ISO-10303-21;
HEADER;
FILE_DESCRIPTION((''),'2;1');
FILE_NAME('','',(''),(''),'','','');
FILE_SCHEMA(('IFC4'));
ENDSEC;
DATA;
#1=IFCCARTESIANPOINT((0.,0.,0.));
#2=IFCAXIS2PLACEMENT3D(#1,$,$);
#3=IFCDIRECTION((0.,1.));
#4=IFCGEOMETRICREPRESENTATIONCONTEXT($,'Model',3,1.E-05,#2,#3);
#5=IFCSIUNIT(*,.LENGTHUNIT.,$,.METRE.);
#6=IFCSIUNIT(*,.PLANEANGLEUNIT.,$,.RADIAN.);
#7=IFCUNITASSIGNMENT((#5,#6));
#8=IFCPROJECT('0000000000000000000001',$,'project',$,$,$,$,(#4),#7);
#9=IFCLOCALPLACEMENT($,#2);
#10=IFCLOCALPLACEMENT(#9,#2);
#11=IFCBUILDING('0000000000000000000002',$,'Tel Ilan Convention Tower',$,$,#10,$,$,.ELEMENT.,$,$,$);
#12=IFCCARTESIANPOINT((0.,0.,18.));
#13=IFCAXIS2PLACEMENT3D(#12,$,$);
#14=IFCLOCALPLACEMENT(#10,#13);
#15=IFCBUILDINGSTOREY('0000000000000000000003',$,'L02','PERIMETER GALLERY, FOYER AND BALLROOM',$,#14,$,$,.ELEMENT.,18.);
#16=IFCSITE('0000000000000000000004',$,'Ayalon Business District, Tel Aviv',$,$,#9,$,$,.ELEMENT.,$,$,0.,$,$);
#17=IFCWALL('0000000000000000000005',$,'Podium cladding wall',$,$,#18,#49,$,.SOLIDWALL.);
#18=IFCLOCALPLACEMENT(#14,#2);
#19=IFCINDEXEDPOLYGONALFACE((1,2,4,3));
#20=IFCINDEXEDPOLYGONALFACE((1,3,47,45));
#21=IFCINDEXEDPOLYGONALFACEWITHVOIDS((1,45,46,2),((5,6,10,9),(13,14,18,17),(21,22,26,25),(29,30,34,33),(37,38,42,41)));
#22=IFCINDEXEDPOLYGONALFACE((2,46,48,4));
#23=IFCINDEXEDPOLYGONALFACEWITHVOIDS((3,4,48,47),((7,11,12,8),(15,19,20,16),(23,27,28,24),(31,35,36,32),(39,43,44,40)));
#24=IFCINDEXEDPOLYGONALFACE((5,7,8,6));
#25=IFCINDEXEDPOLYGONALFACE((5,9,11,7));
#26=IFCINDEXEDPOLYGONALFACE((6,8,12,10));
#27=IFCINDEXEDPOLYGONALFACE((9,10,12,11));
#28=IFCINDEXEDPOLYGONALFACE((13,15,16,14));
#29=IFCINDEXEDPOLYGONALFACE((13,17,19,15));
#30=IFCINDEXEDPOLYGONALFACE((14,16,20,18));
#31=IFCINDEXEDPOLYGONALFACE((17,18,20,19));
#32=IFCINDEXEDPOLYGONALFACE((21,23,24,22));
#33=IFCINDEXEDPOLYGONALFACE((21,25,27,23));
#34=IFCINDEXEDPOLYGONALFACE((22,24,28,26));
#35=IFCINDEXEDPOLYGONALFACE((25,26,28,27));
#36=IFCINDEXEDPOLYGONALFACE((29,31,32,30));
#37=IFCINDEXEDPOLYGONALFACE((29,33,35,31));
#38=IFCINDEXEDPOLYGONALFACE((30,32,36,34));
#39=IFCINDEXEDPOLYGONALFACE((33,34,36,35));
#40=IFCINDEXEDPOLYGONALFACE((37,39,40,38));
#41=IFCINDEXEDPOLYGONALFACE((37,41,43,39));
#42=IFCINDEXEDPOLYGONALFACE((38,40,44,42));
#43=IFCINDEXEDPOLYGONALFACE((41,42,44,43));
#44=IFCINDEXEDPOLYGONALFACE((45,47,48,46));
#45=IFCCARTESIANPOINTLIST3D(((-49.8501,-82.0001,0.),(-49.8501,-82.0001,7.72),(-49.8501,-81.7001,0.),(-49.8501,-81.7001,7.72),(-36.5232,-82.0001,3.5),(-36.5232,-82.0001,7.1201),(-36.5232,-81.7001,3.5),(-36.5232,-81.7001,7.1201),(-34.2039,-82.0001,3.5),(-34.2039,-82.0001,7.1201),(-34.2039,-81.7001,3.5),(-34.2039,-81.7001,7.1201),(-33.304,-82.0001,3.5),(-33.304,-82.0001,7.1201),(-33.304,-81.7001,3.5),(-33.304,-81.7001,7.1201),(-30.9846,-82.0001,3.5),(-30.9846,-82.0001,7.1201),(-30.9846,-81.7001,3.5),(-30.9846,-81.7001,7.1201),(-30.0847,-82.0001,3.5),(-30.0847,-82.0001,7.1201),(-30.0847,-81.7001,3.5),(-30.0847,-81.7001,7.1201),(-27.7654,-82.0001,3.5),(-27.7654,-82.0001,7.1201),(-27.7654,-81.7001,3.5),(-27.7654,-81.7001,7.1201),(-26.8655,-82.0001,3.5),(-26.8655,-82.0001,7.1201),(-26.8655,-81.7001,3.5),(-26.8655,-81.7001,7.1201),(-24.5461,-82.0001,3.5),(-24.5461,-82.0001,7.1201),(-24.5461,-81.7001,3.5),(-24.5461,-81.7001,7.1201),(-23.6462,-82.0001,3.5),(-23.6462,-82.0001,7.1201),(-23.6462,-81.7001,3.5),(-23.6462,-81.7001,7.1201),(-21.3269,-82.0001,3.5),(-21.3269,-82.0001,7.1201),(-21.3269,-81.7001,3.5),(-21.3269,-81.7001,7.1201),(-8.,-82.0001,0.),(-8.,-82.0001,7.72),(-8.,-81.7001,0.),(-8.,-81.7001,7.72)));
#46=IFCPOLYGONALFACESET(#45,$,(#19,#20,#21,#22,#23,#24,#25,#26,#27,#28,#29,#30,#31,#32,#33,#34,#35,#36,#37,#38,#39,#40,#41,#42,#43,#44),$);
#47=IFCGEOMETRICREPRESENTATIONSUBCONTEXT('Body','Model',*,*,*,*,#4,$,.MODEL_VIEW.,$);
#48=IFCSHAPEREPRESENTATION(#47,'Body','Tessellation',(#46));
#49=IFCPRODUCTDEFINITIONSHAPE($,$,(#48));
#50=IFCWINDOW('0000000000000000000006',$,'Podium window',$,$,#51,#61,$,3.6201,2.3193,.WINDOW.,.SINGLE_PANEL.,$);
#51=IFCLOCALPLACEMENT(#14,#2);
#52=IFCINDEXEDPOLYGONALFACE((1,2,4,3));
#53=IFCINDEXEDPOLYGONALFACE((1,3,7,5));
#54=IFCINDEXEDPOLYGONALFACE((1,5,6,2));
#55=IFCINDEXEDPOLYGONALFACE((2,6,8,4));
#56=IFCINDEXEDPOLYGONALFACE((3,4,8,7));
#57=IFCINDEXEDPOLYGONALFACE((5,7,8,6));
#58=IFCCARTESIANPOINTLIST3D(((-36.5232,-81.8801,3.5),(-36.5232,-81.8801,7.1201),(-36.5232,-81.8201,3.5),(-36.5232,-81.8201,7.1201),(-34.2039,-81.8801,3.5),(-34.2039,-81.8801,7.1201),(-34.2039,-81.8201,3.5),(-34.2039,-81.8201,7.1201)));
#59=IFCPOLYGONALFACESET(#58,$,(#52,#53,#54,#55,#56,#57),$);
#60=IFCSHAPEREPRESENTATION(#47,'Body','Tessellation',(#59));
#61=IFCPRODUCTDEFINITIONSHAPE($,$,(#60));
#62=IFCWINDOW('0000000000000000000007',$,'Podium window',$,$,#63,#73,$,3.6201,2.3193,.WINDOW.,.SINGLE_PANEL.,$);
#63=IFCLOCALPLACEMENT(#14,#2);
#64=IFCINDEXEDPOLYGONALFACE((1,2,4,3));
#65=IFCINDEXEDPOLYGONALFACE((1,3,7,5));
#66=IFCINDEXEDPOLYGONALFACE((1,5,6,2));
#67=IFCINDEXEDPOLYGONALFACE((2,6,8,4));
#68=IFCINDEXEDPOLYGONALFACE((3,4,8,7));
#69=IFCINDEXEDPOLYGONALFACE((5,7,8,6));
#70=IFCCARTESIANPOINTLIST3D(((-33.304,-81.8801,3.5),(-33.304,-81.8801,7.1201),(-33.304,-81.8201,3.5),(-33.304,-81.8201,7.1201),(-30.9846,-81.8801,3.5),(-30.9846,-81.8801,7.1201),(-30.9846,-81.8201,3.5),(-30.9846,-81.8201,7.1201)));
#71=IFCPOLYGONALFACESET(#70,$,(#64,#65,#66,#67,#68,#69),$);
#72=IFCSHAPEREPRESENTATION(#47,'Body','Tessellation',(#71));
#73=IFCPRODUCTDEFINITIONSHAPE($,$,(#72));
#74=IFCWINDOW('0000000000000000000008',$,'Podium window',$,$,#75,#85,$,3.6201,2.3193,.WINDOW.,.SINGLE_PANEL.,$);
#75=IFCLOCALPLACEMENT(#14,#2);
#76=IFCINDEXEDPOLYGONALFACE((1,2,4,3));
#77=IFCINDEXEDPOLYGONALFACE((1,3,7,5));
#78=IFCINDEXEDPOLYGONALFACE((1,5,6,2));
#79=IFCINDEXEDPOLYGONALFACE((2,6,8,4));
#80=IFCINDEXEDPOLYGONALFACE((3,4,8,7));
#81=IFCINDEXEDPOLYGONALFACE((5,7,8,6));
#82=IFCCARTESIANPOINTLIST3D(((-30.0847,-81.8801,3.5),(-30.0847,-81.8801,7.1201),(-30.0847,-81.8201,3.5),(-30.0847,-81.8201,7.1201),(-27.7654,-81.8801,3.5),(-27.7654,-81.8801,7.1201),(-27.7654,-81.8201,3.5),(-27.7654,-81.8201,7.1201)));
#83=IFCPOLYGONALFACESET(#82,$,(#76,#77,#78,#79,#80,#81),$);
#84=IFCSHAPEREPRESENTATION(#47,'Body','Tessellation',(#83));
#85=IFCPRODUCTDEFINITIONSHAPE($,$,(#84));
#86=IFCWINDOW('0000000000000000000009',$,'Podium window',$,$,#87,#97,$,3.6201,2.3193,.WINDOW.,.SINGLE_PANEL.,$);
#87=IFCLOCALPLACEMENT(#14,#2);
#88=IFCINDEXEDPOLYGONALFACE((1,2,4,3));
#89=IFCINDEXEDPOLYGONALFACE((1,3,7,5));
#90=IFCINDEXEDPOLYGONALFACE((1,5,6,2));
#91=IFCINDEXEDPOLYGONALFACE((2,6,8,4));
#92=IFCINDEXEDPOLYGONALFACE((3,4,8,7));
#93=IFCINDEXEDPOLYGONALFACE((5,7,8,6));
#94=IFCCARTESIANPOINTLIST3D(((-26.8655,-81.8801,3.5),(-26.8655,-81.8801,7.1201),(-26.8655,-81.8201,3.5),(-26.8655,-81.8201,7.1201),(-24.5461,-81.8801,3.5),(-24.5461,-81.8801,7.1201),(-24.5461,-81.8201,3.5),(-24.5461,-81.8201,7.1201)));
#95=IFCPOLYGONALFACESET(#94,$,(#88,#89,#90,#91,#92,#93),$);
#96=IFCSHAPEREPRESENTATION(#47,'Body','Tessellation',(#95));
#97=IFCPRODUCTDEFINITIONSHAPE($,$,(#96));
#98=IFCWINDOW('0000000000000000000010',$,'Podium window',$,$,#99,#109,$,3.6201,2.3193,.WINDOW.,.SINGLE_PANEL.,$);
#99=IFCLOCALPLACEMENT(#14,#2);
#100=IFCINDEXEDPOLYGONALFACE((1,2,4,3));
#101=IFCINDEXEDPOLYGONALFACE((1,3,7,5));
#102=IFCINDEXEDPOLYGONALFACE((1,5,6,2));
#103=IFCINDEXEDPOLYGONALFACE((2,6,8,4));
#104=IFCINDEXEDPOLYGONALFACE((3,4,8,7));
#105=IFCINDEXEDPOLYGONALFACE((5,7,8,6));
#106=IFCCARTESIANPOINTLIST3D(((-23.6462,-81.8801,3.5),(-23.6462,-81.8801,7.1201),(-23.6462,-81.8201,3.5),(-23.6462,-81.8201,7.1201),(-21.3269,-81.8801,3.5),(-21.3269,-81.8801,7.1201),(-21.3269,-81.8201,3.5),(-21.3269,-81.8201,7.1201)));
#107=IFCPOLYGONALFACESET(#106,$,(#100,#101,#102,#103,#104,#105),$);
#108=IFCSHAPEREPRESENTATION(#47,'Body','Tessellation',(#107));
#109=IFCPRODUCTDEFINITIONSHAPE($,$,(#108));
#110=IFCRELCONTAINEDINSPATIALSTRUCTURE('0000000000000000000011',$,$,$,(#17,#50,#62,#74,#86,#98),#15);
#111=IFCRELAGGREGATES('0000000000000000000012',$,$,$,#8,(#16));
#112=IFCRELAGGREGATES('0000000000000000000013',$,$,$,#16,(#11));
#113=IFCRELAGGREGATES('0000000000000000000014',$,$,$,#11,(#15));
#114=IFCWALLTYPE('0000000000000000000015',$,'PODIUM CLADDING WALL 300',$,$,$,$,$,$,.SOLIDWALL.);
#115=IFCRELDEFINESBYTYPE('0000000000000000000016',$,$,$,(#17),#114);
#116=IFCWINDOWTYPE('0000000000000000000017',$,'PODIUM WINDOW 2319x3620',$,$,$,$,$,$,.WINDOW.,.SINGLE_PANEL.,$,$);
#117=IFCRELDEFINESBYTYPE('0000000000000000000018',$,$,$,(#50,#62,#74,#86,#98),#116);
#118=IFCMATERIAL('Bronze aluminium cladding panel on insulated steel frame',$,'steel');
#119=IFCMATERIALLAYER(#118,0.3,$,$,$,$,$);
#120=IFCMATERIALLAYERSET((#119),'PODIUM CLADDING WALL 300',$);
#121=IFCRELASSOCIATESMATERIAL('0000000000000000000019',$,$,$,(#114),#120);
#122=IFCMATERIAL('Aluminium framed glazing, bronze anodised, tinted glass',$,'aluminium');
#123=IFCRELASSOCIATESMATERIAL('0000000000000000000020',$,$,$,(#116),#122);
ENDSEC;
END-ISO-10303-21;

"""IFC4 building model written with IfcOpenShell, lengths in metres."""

from ifc_helpers import new_model, si_unit, direction, frame, frame_2d, origin, place, context, subcontext, project, spatial, rectangle, extrude, material, layer, layer_set, type_object, element, fill, save


model = new_model("IFC4")

# Units and contexts
model_context = context("Model", 3, precision=1e-05, world=origin(), true_north=direction((0.0, 1.0)))
body_context = subcontext(model_context, "Body", "Model", "MODEL_VIEW")
ifc_project = project(units=[si_unit("LENGTHUNIT", "METRE"), si_unit("PLANEANGLEUNIT", "RADIAN")], contexts=[model_context])

# Site, building, storey
site_placement = place(None, origin())
site = spatial("IfcSite", under=ifc_project, at=site_placement, Name="Ayalon Business District, Tel Aviv", CompositionType="ELEMENT", RefElevation=0.0)
building_placement = place(site_placement, origin())
building = spatial("IfcBuilding", under=site, at=building_placement, Name="Tel Ilan Convention Tower", CompositionType="ELEMENT")
storey_placement = place(building_placement, frame((0.0, 0.0, 18.0)))
storey = spatial("IfcBuildingStorey", under=building, at=storey_placement, Name="L02", Description="PERIMETER GALLERY, FOYER AND BALLROOM", CompositionType="ELEMENT", Elevation=18.0)

# Wall, openings, windows
ifc_material_1 = material(Name="Bronze aluminium cladding panel on insulated steel frame", Category="steel")
ifc_layer = layer(ifc_material_1, 0.3)
ifc_layer_set = layer_set([ifc_layer], Name="PODIUM CLADDING WALL 300")
wall_type = type_object("IfcWallType", Name="PODIUM CLADDING WALL 300", PredefinedType="SOLIDWALL", material=ifc_layer_set)
wall_placement = place(storey_placement, frame((-49.8501, -81.8501, 0.0), z_axis=(0.0, 0.0, 1.0), x_axis=(1.0, 0.0, 0.0)))
wall = element("IfcWall", 1, at=wall_placement, inside=storey, type_object=wall_type, Name="Podium cladding wall", PredefinedType="SOLIDWALL", context=body_context, shape_type="SweptSolid", body=[
    extrude(rectangle(XDim=41.8501, YDim=0.3, at=frame_2d((20.925, 0.0))), origin(), (0.0, 0.0, 1.0), 7.72),
])
opening_1_placement = place(wall_placement, frame((13.3269, 0.0, 3.5)))
opening_1 = element("IfcOpeningElement", 2, at=opening_1_placement, cuts=wall, PredefinedType="OPENING", context=body_context, shape_type="SweptSolid", body=[
    extrude(rectangle(XDim=2.3193, YDim=3.6201, at=frame_2d((1.1597, 1.8101))), frame((0.0, 0.1599, 0.0), z_axis=(0.0, -1.0, 0.0), x_axis=(1.0, 0.0, 0.0)), (0.0, 0.0, 1.0), 0.3201),
])
opening_2_placement = place(wall_placement, frame((16.5461, 0.0, 3.5)))
opening_2 = element("IfcOpeningElement", 3, at=opening_2_placement, cuts=wall, PredefinedType="OPENING", context=body_context, shape_type="SweptSolid", body=[
    extrude(rectangle(XDim=2.3193, YDim=3.6201, at=frame_2d((1.1597, 1.8101))), frame((0.0, 0.1599, 0.0), z_axis=(0.0, -1.0, 0.0), x_axis=(1.0, 0.0, 0.0)), (0.0, 0.0, 1.0), 0.3201),
])
opening_3_placement = place(wall_placement, frame((19.7654, 0.0, 3.5)))
opening_3 = element("IfcOpeningElement", 4, at=opening_3_placement, cuts=wall, PredefinedType="OPENING", context=body_context, shape_type="SweptSolid", body=[
    extrude(rectangle(XDim=2.3193, YDim=3.6201, at=frame_2d((1.1597, 1.8101))), frame((0.0, 0.1599, 0.0), z_axis=(0.0, -1.0, 0.0), x_axis=(1.0, 0.0, 0.0)), (0.0, 0.0, 1.0), 0.3201),
])
opening_4_placement = place(wall_placement, frame((22.9846, 0.0, 3.5)))
opening_4 = element("IfcOpeningElement", 5, at=opening_4_placement, cuts=wall, PredefinedType="OPENING", context=body_context, shape_type="SweptSolid", body=[
    extrude(rectangle(XDim=2.3193, YDim=3.6201, at=frame_2d((1.1597, 1.8101))), frame((0.0, 0.1599, 0.0), z_axis=(0.0, -1.0, 0.0), x_axis=(1.0, 0.0, 0.0)), (0.0, 0.0, 1.0), 0.3201),
])
opening_5_placement = place(wall_placement, frame((26.2039, 0.0, 3.5)))
opening_5 = element("IfcOpeningElement", 6, at=opening_5_placement, cuts=wall, PredefinedType="OPENING", context=body_context, shape_type="SweptSolid", body=[
    extrude(rectangle(XDim=2.3193, YDim=3.6201, at=frame_2d((1.1597, 1.8101))), frame((0.0, 0.1599, 0.0), z_axis=(0.0, -1.0, 0.0), x_axis=(1.0, 0.0, 0.0)), (0.0, 0.0, 1.0), 0.3201),
])
ifc_material_2 = material(Name="Aluminium framed glazing, bronze anodised, tinted glass", Category="aluminium")
window_type = type_object("IfcWindowType", Name="PODIUM WINDOW 2319x3620", PartitioningType="SINGLE_PANEL", PredefinedType="WINDOW", material=ifc_material_2)
window_1_placement = place(opening_1_placement, origin())
window_1 = element("IfcWindow", 7, at=window_1_placement, inside=storey, type_object=window_type, Name="Podium window", OverallHeight=3.6201, OverallWidth=2.3193, PartitioningType="SINGLE_PANEL", PredefinedType="WINDOW", context=body_context, shape_type="SweptSolid", body=[
    extrude(rectangle(XDim=2.3193, YDim=3.6201, at=frame_2d((1.1597, 1.8101))), frame((0.0, 0.03, 0.0), z_axis=(0.0, -1.0, 0.0), x_axis=(1.0, 0.0, 0.0)), (0.0, 0.0, 1.0), 0.0601),
])
fill(opening_1, window_1)
window_2_placement = place(opening_2_placement, origin())
window_2 = element("IfcWindow", 8, at=window_2_placement, inside=storey, type_object=window_type, Name="Podium window", OverallHeight=3.6201, OverallWidth=2.3193, PartitioningType="SINGLE_PANEL", PredefinedType="WINDOW", context=body_context, shape_type="SweptSolid", body=[
    extrude(rectangle(XDim=2.3193, YDim=3.6201, at=frame_2d((1.1597, 1.8101))), frame((0.0, 0.03, 0.0), z_axis=(0.0, -1.0, 0.0), x_axis=(1.0, 0.0, 0.0)), (0.0, 0.0, 1.0), 0.0601),
])
fill(opening_2, window_2)
window_3_placement = place(opening_3_placement, origin())
window_3 = element("IfcWindow", 9, at=window_3_placement, inside=storey, type_object=window_type, Name="Podium window", OverallHeight=3.6201, OverallWidth=2.3193, PartitioningType="SINGLE_PANEL", PredefinedType="WINDOW", context=body_context, shape_type="SweptSolid", body=[
    extrude(rectangle(XDim=2.3193, YDim=3.6201, at=frame_2d((1.1597, 1.8101))), frame((0.0, 0.03, 0.0), z_axis=(0.0, -1.0, 0.0), x_axis=(1.0, 0.0, 0.0)), (0.0, 0.0, 1.0), 0.0601),
])
fill(opening_3, window_3)
window_4_placement = place(opening_4_placement, origin())
window_4 = element("IfcWindow", 10, at=window_4_placement, inside=storey, type_object=window_type, Name="Podium window", OverallHeight=3.6201, OverallWidth=2.3193, PartitioningType="SINGLE_PANEL", PredefinedType="WINDOW", context=body_context, shape_type="SweptSolid", body=[
    extrude(rectangle(XDim=2.3193, YDim=3.6201, at=frame_2d((1.1597, 1.8101))), frame((0.0, 0.03, 0.0), z_axis=(0.0, -1.0, 0.0), x_axis=(1.0, 0.0, 0.0)), (0.0, 0.0, 1.0), 0.0601),
])
fill(opening_4, window_4)
window_5_placement = place(opening_5_placement, origin())
window_5 = element("IfcWindow", 11, at=window_5_placement, inside=storey, type_object=window_type, Name="Podium window", OverallHeight=3.6201, OverallWidth=2.3193, PartitioningType="SINGLE_PANEL", PredefinedType="WINDOW", context=body_context, shape_type="SweptSolid", body=[
    extrude(rectangle(XDim=2.3193, YDim=3.6201, at=frame_2d((1.1597, 1.8101))), frame((0.0, 0.03, 0.0), z_axis=(0.0, -1.0, 0.0), x_axis=(1.0, 0.0, 0.0)), (0.0, 0.0, 1.0), 0.0601),
])
fill(opening_5, window_5)

save(model, "model.ifc")
